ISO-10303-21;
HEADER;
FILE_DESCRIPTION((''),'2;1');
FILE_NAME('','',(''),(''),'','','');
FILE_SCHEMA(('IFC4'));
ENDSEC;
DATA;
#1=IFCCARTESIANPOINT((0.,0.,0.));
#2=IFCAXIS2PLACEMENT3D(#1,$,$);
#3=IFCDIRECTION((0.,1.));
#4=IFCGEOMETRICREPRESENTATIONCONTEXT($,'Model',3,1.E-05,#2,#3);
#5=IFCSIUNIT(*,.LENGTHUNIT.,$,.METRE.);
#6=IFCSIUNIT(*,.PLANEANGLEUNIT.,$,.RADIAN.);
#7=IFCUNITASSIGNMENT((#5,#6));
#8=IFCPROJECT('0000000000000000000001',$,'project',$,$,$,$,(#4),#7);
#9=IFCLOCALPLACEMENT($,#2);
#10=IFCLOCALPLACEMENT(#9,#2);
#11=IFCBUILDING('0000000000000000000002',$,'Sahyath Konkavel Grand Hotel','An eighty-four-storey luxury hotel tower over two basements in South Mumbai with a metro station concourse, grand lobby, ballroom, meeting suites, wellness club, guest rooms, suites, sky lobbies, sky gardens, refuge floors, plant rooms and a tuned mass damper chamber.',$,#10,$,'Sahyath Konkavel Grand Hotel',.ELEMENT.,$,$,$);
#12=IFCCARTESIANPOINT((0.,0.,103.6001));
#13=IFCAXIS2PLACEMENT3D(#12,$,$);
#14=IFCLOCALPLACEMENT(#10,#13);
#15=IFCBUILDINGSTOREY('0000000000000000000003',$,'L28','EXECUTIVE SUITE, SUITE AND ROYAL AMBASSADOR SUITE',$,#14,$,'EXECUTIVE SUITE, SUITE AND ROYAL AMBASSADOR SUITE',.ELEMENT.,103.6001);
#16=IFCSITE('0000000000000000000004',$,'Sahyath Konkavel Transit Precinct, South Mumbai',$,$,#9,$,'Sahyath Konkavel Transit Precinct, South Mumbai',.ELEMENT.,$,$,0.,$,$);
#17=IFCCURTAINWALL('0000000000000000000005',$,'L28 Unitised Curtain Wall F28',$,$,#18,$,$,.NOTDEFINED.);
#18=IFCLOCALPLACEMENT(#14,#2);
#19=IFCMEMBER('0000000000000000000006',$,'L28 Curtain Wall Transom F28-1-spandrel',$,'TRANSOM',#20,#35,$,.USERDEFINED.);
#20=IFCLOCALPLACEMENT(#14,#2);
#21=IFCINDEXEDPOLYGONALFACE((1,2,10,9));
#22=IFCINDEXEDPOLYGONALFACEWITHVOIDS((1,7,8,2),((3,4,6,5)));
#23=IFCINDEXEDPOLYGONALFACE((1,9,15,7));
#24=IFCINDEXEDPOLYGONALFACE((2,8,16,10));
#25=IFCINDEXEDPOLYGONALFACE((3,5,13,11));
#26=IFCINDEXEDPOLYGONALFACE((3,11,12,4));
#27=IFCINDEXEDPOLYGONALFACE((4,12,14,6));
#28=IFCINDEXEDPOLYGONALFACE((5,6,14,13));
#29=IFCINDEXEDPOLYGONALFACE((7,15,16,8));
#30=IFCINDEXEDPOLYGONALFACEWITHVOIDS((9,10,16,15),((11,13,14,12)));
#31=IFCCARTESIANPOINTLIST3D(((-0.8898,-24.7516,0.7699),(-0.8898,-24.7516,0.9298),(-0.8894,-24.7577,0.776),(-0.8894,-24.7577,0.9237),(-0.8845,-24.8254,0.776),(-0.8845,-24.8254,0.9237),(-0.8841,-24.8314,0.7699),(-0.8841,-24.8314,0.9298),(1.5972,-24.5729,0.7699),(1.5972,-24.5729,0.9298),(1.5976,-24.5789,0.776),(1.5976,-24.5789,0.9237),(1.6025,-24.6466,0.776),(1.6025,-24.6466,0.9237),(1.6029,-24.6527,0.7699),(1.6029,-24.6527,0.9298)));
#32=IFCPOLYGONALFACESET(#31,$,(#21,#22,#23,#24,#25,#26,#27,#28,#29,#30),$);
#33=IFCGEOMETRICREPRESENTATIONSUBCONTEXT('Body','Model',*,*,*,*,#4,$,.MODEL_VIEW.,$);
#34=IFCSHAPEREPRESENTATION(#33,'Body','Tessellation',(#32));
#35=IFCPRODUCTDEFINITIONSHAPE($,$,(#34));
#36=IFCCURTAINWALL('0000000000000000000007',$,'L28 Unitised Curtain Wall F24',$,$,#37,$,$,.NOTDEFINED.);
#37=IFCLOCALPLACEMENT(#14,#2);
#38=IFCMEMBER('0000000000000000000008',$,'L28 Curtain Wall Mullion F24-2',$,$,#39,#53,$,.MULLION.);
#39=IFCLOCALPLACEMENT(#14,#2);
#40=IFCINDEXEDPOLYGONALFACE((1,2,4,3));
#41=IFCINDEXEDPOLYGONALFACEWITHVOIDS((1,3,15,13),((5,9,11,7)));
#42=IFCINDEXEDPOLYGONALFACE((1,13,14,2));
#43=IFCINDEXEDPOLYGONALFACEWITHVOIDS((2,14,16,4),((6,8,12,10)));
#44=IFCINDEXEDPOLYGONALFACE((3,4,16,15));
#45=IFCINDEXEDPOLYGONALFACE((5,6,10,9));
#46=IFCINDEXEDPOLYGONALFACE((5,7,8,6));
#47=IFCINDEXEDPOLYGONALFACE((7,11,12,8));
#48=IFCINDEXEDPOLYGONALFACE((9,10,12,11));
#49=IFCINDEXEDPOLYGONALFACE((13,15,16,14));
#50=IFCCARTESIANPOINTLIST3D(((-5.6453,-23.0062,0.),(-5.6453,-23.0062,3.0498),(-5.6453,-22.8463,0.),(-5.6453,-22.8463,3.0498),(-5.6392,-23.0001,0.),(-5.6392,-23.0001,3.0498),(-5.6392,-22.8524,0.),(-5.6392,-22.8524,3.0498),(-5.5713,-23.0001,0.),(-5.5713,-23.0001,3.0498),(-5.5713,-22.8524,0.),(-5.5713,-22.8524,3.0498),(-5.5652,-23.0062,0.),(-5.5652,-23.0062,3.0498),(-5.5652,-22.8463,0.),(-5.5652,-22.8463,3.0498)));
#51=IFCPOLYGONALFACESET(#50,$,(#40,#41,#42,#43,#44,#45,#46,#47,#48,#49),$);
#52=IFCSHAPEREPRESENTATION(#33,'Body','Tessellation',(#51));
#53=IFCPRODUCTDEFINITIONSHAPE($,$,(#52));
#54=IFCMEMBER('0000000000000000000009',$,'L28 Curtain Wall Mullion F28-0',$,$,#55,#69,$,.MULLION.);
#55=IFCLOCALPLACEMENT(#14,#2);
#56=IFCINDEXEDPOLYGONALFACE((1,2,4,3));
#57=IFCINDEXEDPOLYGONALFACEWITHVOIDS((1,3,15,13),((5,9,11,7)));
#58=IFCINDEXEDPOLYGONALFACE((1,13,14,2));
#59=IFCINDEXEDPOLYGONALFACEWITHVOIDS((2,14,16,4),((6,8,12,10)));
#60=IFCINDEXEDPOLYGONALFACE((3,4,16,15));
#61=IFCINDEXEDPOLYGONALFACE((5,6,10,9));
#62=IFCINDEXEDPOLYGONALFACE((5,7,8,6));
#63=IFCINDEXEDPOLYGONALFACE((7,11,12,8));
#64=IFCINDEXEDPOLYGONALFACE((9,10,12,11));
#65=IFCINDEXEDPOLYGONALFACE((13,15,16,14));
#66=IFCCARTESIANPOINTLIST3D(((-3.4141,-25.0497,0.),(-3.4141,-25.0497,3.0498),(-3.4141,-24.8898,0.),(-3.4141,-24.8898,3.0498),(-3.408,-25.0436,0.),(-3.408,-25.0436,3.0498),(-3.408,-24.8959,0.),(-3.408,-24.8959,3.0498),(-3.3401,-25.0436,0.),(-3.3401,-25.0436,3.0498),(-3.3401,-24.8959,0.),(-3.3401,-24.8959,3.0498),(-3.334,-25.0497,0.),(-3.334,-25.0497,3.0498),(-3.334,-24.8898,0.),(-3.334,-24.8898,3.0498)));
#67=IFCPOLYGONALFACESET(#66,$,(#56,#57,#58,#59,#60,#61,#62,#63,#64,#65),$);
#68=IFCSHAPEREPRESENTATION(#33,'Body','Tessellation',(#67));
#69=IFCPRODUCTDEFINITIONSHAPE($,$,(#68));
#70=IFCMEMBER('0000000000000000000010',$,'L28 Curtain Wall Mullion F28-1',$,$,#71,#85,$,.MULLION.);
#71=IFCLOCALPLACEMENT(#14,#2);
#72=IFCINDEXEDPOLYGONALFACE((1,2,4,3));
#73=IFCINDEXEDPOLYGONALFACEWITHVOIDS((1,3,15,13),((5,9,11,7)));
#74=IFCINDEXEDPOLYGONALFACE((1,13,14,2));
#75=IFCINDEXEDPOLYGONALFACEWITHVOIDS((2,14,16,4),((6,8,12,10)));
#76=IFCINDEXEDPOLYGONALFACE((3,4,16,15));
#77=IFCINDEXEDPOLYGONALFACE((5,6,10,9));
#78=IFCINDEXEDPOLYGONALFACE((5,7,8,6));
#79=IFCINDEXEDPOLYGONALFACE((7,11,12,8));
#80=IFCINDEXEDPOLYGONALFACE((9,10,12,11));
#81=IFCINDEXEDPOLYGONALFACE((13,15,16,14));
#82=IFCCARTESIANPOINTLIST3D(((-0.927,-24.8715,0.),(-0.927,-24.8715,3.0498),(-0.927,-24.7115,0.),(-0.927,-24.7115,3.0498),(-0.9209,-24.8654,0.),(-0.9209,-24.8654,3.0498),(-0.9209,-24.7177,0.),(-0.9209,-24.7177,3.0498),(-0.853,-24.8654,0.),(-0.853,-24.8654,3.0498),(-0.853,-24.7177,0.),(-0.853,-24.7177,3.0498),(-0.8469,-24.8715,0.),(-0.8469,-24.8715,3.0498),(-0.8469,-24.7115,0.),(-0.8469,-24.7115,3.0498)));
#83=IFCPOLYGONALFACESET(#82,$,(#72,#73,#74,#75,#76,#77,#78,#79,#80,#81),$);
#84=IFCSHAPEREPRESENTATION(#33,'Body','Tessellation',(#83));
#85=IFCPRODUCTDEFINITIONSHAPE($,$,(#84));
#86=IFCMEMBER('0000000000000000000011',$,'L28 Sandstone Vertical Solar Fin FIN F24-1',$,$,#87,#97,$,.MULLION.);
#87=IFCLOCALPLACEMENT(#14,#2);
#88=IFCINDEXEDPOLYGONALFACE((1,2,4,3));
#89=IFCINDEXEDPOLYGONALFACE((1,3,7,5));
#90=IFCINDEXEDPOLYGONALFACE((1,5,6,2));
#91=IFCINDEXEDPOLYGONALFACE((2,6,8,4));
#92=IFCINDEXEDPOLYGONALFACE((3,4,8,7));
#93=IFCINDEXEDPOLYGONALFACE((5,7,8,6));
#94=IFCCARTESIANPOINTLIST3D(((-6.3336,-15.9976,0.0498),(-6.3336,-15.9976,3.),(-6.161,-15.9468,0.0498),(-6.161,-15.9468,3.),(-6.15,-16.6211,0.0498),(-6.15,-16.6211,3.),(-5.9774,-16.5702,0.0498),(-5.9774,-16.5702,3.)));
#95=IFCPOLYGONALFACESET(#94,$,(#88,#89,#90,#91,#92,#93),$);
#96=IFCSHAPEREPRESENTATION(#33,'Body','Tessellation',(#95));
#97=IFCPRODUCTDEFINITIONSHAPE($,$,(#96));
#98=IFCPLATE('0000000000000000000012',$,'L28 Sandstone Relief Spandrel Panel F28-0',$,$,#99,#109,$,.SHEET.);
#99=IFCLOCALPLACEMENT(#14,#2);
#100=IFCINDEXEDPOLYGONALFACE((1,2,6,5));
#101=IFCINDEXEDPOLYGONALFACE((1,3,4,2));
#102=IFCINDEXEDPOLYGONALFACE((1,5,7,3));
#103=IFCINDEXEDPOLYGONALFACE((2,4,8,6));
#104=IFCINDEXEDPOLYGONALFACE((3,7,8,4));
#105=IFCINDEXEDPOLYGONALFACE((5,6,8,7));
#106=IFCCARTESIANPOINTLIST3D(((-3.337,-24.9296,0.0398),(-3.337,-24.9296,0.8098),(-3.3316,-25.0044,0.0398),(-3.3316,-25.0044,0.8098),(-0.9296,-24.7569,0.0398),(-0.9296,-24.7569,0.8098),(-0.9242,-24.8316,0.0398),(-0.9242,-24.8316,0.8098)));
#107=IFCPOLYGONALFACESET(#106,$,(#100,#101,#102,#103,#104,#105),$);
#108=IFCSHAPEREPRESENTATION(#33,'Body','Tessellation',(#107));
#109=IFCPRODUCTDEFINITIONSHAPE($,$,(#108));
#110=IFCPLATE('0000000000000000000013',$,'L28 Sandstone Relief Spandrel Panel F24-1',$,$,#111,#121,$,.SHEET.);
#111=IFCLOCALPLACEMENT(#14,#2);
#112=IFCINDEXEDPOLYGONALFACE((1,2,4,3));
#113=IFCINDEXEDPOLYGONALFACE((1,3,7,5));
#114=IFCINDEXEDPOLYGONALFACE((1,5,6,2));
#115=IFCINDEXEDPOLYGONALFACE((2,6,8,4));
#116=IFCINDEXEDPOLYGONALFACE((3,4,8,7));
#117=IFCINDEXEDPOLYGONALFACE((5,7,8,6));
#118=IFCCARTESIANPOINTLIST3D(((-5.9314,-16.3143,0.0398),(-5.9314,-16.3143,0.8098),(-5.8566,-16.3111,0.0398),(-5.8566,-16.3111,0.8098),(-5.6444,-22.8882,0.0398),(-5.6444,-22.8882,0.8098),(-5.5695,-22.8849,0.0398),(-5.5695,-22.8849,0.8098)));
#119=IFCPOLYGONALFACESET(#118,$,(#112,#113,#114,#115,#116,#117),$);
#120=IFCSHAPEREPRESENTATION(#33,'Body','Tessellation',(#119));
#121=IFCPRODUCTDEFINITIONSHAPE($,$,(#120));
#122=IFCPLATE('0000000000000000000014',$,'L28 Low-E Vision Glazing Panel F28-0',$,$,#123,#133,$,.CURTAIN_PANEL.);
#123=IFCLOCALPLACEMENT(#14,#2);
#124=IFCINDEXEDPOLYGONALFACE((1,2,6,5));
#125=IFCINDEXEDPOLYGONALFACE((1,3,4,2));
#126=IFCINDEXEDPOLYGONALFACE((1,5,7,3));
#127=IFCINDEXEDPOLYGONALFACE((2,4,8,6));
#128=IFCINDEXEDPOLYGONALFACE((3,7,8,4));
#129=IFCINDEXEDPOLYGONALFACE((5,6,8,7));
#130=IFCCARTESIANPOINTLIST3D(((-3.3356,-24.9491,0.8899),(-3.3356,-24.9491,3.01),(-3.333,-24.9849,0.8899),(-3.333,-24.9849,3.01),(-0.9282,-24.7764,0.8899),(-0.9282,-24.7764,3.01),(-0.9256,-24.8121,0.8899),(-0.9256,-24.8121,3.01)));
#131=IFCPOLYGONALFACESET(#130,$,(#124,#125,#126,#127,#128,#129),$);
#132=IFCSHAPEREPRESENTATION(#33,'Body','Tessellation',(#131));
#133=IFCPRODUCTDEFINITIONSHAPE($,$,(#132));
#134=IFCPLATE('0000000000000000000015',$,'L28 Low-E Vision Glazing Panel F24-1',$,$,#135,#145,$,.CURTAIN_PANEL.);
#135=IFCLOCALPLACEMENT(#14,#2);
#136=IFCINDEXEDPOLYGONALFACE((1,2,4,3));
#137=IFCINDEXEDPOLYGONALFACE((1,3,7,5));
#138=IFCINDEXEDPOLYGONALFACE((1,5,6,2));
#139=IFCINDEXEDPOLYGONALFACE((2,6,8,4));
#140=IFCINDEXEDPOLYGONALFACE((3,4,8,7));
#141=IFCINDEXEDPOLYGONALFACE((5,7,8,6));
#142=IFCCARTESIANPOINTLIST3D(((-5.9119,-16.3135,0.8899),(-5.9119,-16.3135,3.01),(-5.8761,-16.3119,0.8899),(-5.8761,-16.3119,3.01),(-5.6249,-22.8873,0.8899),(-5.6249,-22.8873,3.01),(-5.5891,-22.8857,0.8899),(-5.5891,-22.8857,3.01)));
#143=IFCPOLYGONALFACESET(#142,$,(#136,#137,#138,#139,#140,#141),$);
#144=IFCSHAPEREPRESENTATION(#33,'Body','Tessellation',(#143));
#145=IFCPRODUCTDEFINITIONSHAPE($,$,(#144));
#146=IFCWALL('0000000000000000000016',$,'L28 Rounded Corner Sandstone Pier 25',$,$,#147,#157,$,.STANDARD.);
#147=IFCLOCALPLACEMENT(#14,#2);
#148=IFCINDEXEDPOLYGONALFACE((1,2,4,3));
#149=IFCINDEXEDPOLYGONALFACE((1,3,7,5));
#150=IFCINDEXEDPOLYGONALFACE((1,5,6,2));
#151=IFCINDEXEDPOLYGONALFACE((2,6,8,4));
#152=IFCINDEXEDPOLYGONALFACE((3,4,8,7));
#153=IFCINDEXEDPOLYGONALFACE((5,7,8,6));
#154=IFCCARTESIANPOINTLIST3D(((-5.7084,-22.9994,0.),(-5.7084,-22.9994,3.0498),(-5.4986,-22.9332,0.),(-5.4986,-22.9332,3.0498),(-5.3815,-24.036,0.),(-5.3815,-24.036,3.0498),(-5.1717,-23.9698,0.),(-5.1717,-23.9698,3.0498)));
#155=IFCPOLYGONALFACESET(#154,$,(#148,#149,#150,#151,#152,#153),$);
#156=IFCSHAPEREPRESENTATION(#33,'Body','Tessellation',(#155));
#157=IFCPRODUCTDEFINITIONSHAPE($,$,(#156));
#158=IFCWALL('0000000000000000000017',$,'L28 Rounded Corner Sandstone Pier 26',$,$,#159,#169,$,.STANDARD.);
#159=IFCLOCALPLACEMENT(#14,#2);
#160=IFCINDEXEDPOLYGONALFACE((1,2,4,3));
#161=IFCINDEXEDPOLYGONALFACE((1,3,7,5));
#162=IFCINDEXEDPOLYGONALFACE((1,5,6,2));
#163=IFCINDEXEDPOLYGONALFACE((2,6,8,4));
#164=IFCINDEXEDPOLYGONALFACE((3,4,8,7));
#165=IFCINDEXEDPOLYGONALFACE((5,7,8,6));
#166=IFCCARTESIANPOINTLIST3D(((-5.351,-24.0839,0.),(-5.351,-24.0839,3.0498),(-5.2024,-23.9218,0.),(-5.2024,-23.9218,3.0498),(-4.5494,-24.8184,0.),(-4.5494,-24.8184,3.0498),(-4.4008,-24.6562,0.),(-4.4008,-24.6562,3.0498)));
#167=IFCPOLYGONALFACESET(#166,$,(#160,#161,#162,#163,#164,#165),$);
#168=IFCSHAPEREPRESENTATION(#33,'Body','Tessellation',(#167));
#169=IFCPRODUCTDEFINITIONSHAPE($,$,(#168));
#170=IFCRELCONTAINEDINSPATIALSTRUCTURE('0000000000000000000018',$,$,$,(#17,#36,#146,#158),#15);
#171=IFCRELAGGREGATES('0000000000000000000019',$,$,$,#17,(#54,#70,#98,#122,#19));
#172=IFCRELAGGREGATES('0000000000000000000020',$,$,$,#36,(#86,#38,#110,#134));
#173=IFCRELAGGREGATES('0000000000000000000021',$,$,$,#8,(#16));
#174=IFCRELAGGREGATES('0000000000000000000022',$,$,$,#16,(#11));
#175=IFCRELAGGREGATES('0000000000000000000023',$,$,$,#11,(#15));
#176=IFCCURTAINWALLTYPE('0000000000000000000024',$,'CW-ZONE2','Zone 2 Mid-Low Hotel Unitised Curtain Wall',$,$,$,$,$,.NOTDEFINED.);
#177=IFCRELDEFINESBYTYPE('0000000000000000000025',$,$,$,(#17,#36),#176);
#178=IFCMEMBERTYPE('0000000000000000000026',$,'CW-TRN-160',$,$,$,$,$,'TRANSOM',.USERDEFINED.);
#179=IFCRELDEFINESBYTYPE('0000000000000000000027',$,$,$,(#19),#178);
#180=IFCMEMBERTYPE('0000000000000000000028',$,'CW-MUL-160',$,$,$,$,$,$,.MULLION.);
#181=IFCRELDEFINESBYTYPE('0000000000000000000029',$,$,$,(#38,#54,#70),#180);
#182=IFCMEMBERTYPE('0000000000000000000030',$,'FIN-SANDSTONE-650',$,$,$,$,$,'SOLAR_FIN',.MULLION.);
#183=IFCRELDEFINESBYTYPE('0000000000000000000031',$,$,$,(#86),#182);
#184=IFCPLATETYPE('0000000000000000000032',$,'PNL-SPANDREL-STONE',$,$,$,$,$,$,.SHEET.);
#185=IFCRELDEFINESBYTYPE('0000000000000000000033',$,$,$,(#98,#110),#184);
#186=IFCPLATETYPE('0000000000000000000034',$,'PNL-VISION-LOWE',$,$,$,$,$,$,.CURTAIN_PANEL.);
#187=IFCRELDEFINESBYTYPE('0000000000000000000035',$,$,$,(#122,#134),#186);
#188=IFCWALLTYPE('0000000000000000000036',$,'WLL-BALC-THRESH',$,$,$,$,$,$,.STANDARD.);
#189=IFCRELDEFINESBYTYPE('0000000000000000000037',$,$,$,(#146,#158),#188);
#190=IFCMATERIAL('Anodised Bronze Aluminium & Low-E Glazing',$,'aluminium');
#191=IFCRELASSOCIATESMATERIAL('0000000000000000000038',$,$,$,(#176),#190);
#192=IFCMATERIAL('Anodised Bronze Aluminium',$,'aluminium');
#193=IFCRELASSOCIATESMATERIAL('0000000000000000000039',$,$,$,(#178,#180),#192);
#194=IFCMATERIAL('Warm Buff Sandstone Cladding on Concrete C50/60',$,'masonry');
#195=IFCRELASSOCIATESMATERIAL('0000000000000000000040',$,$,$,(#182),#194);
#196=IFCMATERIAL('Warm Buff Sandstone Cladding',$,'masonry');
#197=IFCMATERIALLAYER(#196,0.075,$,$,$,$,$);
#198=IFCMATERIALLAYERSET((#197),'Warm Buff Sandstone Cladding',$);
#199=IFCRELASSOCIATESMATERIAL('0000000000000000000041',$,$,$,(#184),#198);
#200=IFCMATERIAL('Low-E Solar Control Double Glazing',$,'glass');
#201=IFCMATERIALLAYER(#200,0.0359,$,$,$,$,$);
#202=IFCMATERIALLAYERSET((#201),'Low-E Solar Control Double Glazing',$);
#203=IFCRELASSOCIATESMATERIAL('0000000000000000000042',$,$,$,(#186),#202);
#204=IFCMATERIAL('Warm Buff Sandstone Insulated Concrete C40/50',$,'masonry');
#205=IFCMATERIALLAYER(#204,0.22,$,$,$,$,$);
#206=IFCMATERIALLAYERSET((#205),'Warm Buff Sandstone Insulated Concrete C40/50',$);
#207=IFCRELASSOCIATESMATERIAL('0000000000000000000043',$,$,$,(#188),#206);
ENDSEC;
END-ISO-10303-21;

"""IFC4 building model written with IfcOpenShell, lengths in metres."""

from ifc_helpers import new_model, si_unit, direction, frame, frame_2d, origin, origin_2d, place, context, subcontext, project, spatial, rectangle, hollow_rectangle, extrude, source, transform, mapped, material, layer, layer_set, material_profile, profile_set, type_object, element, aggregate, save


model = new_model("IFC4")

# Units and contexts
model_context = context("Model", 3, precision=1e-05, world=origin(), true_north=direction((0.0, 1.0)))
body_context = subcontext(model_context, "Body", "Model", "MODEL_VIEW")
ifc_project = project(units=[si_unit("LENGTHUNIT", "METRE"), si_unit("PLANEANGLEUNIT", "RADIAN")], contexts=[model_context])

# Site, building, storey
site_placement = place(None, origin())
site = spatial("IfcSite", under=ifc_project, at=site_placement, Name="Sahyath Konkavel Transit Precinct, South Mumbai", LongName="Sahyath Konkavel Transit Precinct, South Mumbai", CompositionType="ELEMENT", RefElevation=0.0)
building_placement = place(site_placement, origin())
building = spatial("IfcBuilding", under=site, at=building_placement, Name="Sahyath Konkavel Grand Hotel", Description="An eighty-four-storey luxury hotel tower over two basements in South Mumbai with a metro station concourse, grand lobby, ballroom, meeting suites, wellness club, guest rooms, suites, sky lobbies, sky gardens, refuge floors, plant rooms and a tuned mass damper chamber.", LongName="Sahyath Konkavel Grand Hotel", CompositionType="ELEMENT")
storey_placement = place(building_placement, frame((0.0, 0.0, 103.6001)))
storey = spatial("IfcBuildingStorey", under=building, at=storey_placement, Name="L28", Description="EXECUTIVE SUITE, SUITE AND ROYAL AMBASSADOR SUITE", LongName="EXECUTIVE SUITE, SUITE AND ROYAL AMBASSADOR SUITE", CompositionType="ELEMENT", Elevation=103.6001)

# Curtain wall, member
ifc_material_1 = material(Name="Anodised Bronze Aluminium & Low-E Glazing", Category="aluminium")
curtain_wall_type = type_object("IfcCurtainWallType", Name="CW-ZONE2", Description="Zone 2 Mid-Low Hotel Unitised Curtain Wall", PredefinedType="NOTDEFINED", material=ifc_material_1)
curtain_wall_1_placement = place(storey_placement, origin())
curtain_wall_1 = element("IfcCurtainWall", 1, at=curtain_wall_1_placement, inside=storey, type_object=curtain_wall_type, Name="L28 Unitised Curtain Wall F28", PredefinedType="NOTDEFINED")
ifc_material_2 = material(Name="Anodised Bronze Aluminium", Category="aluminium")
ifc_material_profile_1 = material_profile(ifc_material_2, hollow_rectangle(XDim=0.0801, YDim=0.1599, WallThickness=0.0061, at=origin_2d()), Name="RHS 160x80x6")
ifc_profile_set_1 = profile_set([ifc_material_profile_1], Name="Anodised Bronze Aluminium")
member_type_1 = type_object("IfcMemberType", Name="CW-TRN-160", ElementType="TRANSOM", PredefinedType="USERDEFINED", material=ifc_profile_set_1)
shared_shape_1 = source(origin(), body_context, "Body", "SweptSolid", [
    extrude(hollow_rectangle(XDim=0.0801, YDim=0.1599, WallThickness=0.0061, at=origin_2d()), origin(), (0.0, 0.0, 1.0), 2.4934),
])
member_1_placement = place(storey_placement, frame((-0.887, -24.7915, 0.8499), z_axis=(0.997428, 0.071671, 0.0), x_axis=(-0.071671, 0.997428, 0.0)))
member_1 = element("IfcMember", 2, at=member_1_placement, type_object=member_type_1, Name="L28 Curtain Wall Transom F28-1-spandrel", ObjectType="TRANSOM", PredefinedType="USERDEFINED", context=body_context, shape_type="MappedRepresentation", body=[
    mapped(shared_shape_1, transform((0.0, 0.0, 0.0), scale=1.0)),
])

# Curtain wall, member
curtain_wall_2_placement = place(storey_placement, origin())
curtain_wall_2 = element("IfcCurtainWall", 3, at=curtain_wall_2_placement, inside=storey, type_object=curtain_wall_type, Name="L28 Unitised Curtain Wall F24", PredefinedType="NOTDEFINED")
ifc_material_profile_2 = material_profile(ifc_material_2, hollow_rectangle(XDim=0.0801, YDim=0.1599, WallThickness=0.0061, at=origin_2d()), Name="RHS 160x80x6")
ifc_profile_set_2 = profile_set([ifc_material_profile_2], Name="Anodised Bronze Aluminium")
member_type_2 = type_object("IfcMemberType", Name="CW-MUL-160", PredefinedType="MULLION", material=ifc_profile_set_2)
shared_shape_2 = source(origin(), body_context, "Body", "SweptSolid", [
    extrude(hollow_rectangle(XDim=0.0801, YDim=0.1599, WallThickness=0.0061, at=origin_2d()), origin(), (0.0, 0.0, 1.0), 3.0498),
])
member_2_placement = place(storey_placement, frame((-5.6052, -22.9263, 0.0), z_axis=(0.0, 0.0, 1.0), x_axis=(1.0, 0.0, 0.0)))
member_2 = element("IfcMember", 4, at=member_2_placement, type_object=member_type_2, Name="L28 Curtain Wall Mullion F24-2", PredefinedType="MULLION", context=body_context, shape_type="MappedRepresentation", body=[
    mapped(shared_shape_2, transform((0.0, 0.0, 0.0), scale=1.0)),
])

# Members
member_3_placement = place(storey_placement, frame((-3.374, -24.9697, 0.0), z_axis=(0.0, 0.0, 1.0), x_axis=(1.0, 0.0, 0.0)))
member_3 = element("IfcMember", 5, at=member_3_placement, type_object=member_type_2, Name="L28 Curtain Wall Mullion F28-0", PredefinedType="MULLION", context=body_context, shape_type="MappedRepresentation", body=[
    mapped(shared_shape_2, transform((0.0, 0.0, 0.0), scale=1.0)),
])
member_4_placement = place(storey_placement, frame((-0.887, -24.7915, 0.0), z_axis=(0.0, 0.0, 1.0), x_axis=(1.0, 0.0, 0.0)))
member_4 = element("IfcMember", 6, at=member_4_placement, type_object=member_type_2, Name="L28 Curtain Wall Mullion F28-1", PredefinedType="MULLION", context=body_context, shape_type="MappedRepresentation", body=[
    mapped(shared_shape_2, transform((0.0, 0.0, 0.0), scale=1.0)),
])
ifc_material_3 = material(Name="Warm Buff Sandstone Cladding on Concrete C50/60", Category="masonry")
ifc_material_profile_3 = material_profile(ifc_material_3, rectangle(XDim=0.1799, YDim=0.6499, at=origin_2d()), Name="FIN 180x650")
ifc_profile_set_3 = profile_set([ifc_material_profile_3], Name="Warm Buff Sandstone Cladding on Concrete C50/60")
member_type_3 = type_object("IfcMemberType", Name="FIN-SANDSTONE-650", ElementType="SOLAR_FIN", PredefinedType="MULLION", material=ifc_profile_set_3)
shared_shape_3 = source(origin(), body_context, "Body", "SweptSolid", [
    extrude(rectangle(XDim=0.1799, YDim=0.6499, at=origin_2d()), origin(), (0.0, 0.0, 1.0), 2.9502),
])
member_5_placement = place(storey_placement, frame((-6.1555, -16.2839, 0.0498), z_axis=(0.0, 0.0, 1.0), x_axis=(0.959265, 0.282509, 0.0)))
member_5 = element("IfcMember", 7, at=member_5_placement, type_object=member_type_3, Name="L28 Sandstone Vertical Solar Fin FIN F24-1", PredefinedType="MULLION", context=body_context, shape_type="MappedRepresentation", body=[
    mapped(shared_shape_3, transform((0.0, 0.0, 0.0), scale=1.0)),
])

# Plates
ifc_material_4 = material(Name="Warm Buff Sandstone Cladding", Category="masonry")
ifc_layer_1 = layer(ifc_material_4, 0.075)
ifc_layer_set_1 = layer_set([ifc_layer_1], Name="Warm Buff Sandstone Cladding")
plate_type_1 = type_object("IfcPlateType", Name="PNL-SPANDREL-STONE", PredefinedType="SHEET", material=ifc_layer_set_1)
shared_shape_4 = source(origin(), body_context, "Body", "SweptSolid", [
    extrude(rectangle(XDim=2.4136, YDim=0.075, at=origin_2d()), origin(), (0.0, 0.0, 1.0), 0.77),
])
plate_1_placement = place(storey_placement, frame((-2.1306, -24.8806, 0.0398), z_axis=(0.0, 0.0, 1.0), x_axis=(0.997436, 0.071567, 0.0)))
plate_1 = element("IfcPlate", 8, at=plate_1_placement, type_object=plate_type_1, Name="L28 Sandstone Relief Spandrel Panel F28-0", PredefinedType="SHEET", context=body_context, shape_type="MappedRepresentation", body=[
    mapped(shared_shape_4, transform((0.0, 0.0, 0.0), scale=1.0)),
])
shared_shape_5 = source(origin(), body_context, "Body", "SweptSolid", [
    extrude(rectangle(XDim=6.5801, YDim=0.075, at=origin_2d()), origin(), (0.0, 0.0, 1.0), 0.77),
])
plate_2_placement = place(storey_placement, frame((-5.7505, -19.5996, 0.0398), z_axis=(0.0, 0.0, 1.0), x_axis=(0.043619, -0.999048, 0.0)))
plate_2 = element("IfcPlate", 9, at=plate_2_placement, type_object=plate_type_1, Name="L28 Sandstone Relief Spandrel Panel F24-1", PredefinedType="SHEET", context=body_context, shape_type="MappedRepresentation", body=[
    mapped(shared_shape_5, transform((0.0, 0.0, 0.0), scale=1.0)),
])
ifc_material_5 = material(Name="Low-E Solar Control Double Glazing", Category="glass")
ifc_layer_2 = layer(ifc_material_5, 0.0359)
ifc_layer_set_2 = layer_set([ifc_layer_2], Name="Low-E Solar Control Double Glazing")
plate_type_2 = type_object("IfcPlateType", Name="PNL-VISION-LOWE", PredefinedType="CURTAIN_PANEL", material=ifc_layer_set_2)
shared_shape_6 = source(origin(), body_context, "Body", "SweptSolid", [
    extrude(rectangle(XDim=2.4136, YDim=0.0359, at=origin_2d()), origin(), (0.0, 0.0, 1.0), 2.1201),
])
plate_3_placement = place(storey_placement, frame((-2.1306, -24.8806, 0.8899), z_axis=(0.0, 0.0, 1.0), x_axis=(0.997436, 0.071567, 0.0)))
plate_3 = element("IfcPlate", 10, at=plate_3_placement, type_object=plate_type_2, Name="L28 Low-E Vision Glazing Panel F28-0", PredefinedType="CURTAIN_PANEL", context=body_context, shape_type="MappedRepresentation", body=[
    mapped(shared_shape_6, transform((0.0, 0.0, 0.0), scale=1.0)),
])
aggregate(curtain_wall_1, [member_3, member_4, plate_1, plate_3, member_1])
shared_shape_7 = source(origin(), body_context, "Body", "SweptSolid", [
    extrude(rectangle(XDim=6.5801, YDim=0.0359, at=origin_2d()), origin(), (0.0, 0.0, 1.0), 2.1201),
])
plate_4_placement = place(storey_placement, frame((-5.7505, -19.5996, 0.8899), z_axis=(0.0, 0.0, 1.0), x_axis=(0.043619, -0.999048, 0.0)))
plate_4 = element("IfcPlate", 11, at=plate_4_placement, type_object=plate_type_2, Name="L28 Low-E Vision Glazing Panel F24-1", PredefinedType="CURTAIN_PANEL", context=body_context, shape_type="MappedRepresentation", body=[
    mapped(shared_shape_7, transform((0.0, 0.0, 0.0), scale=1.0)),
])
aggregate(curtain_wall_2, [member_5, member_2, plate_2, plate_4])

# Walls
ifc_material_6 = material(Name="Warm Buff Sandstone Insulated Concrete C40/50", Category="masonry")
ifc_layer_3 = layer(ifc_material_6, 0.22)
ifc_layer_set_3 = layer_set([ifc_layer_3], Name="Warm Buff Sandstone Insulated Concrete C40/50")
wall_type_1 = type_object("IfcWallType", Name="WLL-BALC-THRESH", PredefinedType="STANDARD", material=ifc_layer_set_3)
wall_1_placement = place(storey_placement, frame((-5.6035, -22.9663, 0.0), z_axis=(0.0, 0.0, 1.0), x_axis=(0.300755, -0.953701, 0.0)))
element("IfcWall", 12, at=wall_1_placement, inside=storey, type_object=wall_type_1, Name="L28 Rounded Corner Sandstone Pier 25", PredefinedType="STANDARD", context=body_context, shape_type="SweptSolid", body=[
    extrude(rectangle(XDim=1.0869, YDim=0.22, at=frame_2d((0.5435, 0.0))), origin(), (0.0, 0.0, 1.0), 3.0498),
])
wall_2_placement = place(storey_placement, frame((-5.2766, -24.0029, 0.0), z_axis=(0.0, 0.0, 1.0), x_axis=(0.737313, -0.675552, 0.0)))
element("IfcWall", 13, at=wall_2_placement, inside=storey, type_object=wall_type_1, Name="L28 Rounded Corner Sandstone Pier 26", PredefinedType="STANDARD", context=body_context, shape_type="SweptSolid", body=[
    extrude(rectangle(XDim=1.0872, YDim=0.22, at=frame_2d((0.5435, 0.0))), origin(), (0.0, 0.0, 1.0), 3.0498),
])

save(model, "model.ifc")
